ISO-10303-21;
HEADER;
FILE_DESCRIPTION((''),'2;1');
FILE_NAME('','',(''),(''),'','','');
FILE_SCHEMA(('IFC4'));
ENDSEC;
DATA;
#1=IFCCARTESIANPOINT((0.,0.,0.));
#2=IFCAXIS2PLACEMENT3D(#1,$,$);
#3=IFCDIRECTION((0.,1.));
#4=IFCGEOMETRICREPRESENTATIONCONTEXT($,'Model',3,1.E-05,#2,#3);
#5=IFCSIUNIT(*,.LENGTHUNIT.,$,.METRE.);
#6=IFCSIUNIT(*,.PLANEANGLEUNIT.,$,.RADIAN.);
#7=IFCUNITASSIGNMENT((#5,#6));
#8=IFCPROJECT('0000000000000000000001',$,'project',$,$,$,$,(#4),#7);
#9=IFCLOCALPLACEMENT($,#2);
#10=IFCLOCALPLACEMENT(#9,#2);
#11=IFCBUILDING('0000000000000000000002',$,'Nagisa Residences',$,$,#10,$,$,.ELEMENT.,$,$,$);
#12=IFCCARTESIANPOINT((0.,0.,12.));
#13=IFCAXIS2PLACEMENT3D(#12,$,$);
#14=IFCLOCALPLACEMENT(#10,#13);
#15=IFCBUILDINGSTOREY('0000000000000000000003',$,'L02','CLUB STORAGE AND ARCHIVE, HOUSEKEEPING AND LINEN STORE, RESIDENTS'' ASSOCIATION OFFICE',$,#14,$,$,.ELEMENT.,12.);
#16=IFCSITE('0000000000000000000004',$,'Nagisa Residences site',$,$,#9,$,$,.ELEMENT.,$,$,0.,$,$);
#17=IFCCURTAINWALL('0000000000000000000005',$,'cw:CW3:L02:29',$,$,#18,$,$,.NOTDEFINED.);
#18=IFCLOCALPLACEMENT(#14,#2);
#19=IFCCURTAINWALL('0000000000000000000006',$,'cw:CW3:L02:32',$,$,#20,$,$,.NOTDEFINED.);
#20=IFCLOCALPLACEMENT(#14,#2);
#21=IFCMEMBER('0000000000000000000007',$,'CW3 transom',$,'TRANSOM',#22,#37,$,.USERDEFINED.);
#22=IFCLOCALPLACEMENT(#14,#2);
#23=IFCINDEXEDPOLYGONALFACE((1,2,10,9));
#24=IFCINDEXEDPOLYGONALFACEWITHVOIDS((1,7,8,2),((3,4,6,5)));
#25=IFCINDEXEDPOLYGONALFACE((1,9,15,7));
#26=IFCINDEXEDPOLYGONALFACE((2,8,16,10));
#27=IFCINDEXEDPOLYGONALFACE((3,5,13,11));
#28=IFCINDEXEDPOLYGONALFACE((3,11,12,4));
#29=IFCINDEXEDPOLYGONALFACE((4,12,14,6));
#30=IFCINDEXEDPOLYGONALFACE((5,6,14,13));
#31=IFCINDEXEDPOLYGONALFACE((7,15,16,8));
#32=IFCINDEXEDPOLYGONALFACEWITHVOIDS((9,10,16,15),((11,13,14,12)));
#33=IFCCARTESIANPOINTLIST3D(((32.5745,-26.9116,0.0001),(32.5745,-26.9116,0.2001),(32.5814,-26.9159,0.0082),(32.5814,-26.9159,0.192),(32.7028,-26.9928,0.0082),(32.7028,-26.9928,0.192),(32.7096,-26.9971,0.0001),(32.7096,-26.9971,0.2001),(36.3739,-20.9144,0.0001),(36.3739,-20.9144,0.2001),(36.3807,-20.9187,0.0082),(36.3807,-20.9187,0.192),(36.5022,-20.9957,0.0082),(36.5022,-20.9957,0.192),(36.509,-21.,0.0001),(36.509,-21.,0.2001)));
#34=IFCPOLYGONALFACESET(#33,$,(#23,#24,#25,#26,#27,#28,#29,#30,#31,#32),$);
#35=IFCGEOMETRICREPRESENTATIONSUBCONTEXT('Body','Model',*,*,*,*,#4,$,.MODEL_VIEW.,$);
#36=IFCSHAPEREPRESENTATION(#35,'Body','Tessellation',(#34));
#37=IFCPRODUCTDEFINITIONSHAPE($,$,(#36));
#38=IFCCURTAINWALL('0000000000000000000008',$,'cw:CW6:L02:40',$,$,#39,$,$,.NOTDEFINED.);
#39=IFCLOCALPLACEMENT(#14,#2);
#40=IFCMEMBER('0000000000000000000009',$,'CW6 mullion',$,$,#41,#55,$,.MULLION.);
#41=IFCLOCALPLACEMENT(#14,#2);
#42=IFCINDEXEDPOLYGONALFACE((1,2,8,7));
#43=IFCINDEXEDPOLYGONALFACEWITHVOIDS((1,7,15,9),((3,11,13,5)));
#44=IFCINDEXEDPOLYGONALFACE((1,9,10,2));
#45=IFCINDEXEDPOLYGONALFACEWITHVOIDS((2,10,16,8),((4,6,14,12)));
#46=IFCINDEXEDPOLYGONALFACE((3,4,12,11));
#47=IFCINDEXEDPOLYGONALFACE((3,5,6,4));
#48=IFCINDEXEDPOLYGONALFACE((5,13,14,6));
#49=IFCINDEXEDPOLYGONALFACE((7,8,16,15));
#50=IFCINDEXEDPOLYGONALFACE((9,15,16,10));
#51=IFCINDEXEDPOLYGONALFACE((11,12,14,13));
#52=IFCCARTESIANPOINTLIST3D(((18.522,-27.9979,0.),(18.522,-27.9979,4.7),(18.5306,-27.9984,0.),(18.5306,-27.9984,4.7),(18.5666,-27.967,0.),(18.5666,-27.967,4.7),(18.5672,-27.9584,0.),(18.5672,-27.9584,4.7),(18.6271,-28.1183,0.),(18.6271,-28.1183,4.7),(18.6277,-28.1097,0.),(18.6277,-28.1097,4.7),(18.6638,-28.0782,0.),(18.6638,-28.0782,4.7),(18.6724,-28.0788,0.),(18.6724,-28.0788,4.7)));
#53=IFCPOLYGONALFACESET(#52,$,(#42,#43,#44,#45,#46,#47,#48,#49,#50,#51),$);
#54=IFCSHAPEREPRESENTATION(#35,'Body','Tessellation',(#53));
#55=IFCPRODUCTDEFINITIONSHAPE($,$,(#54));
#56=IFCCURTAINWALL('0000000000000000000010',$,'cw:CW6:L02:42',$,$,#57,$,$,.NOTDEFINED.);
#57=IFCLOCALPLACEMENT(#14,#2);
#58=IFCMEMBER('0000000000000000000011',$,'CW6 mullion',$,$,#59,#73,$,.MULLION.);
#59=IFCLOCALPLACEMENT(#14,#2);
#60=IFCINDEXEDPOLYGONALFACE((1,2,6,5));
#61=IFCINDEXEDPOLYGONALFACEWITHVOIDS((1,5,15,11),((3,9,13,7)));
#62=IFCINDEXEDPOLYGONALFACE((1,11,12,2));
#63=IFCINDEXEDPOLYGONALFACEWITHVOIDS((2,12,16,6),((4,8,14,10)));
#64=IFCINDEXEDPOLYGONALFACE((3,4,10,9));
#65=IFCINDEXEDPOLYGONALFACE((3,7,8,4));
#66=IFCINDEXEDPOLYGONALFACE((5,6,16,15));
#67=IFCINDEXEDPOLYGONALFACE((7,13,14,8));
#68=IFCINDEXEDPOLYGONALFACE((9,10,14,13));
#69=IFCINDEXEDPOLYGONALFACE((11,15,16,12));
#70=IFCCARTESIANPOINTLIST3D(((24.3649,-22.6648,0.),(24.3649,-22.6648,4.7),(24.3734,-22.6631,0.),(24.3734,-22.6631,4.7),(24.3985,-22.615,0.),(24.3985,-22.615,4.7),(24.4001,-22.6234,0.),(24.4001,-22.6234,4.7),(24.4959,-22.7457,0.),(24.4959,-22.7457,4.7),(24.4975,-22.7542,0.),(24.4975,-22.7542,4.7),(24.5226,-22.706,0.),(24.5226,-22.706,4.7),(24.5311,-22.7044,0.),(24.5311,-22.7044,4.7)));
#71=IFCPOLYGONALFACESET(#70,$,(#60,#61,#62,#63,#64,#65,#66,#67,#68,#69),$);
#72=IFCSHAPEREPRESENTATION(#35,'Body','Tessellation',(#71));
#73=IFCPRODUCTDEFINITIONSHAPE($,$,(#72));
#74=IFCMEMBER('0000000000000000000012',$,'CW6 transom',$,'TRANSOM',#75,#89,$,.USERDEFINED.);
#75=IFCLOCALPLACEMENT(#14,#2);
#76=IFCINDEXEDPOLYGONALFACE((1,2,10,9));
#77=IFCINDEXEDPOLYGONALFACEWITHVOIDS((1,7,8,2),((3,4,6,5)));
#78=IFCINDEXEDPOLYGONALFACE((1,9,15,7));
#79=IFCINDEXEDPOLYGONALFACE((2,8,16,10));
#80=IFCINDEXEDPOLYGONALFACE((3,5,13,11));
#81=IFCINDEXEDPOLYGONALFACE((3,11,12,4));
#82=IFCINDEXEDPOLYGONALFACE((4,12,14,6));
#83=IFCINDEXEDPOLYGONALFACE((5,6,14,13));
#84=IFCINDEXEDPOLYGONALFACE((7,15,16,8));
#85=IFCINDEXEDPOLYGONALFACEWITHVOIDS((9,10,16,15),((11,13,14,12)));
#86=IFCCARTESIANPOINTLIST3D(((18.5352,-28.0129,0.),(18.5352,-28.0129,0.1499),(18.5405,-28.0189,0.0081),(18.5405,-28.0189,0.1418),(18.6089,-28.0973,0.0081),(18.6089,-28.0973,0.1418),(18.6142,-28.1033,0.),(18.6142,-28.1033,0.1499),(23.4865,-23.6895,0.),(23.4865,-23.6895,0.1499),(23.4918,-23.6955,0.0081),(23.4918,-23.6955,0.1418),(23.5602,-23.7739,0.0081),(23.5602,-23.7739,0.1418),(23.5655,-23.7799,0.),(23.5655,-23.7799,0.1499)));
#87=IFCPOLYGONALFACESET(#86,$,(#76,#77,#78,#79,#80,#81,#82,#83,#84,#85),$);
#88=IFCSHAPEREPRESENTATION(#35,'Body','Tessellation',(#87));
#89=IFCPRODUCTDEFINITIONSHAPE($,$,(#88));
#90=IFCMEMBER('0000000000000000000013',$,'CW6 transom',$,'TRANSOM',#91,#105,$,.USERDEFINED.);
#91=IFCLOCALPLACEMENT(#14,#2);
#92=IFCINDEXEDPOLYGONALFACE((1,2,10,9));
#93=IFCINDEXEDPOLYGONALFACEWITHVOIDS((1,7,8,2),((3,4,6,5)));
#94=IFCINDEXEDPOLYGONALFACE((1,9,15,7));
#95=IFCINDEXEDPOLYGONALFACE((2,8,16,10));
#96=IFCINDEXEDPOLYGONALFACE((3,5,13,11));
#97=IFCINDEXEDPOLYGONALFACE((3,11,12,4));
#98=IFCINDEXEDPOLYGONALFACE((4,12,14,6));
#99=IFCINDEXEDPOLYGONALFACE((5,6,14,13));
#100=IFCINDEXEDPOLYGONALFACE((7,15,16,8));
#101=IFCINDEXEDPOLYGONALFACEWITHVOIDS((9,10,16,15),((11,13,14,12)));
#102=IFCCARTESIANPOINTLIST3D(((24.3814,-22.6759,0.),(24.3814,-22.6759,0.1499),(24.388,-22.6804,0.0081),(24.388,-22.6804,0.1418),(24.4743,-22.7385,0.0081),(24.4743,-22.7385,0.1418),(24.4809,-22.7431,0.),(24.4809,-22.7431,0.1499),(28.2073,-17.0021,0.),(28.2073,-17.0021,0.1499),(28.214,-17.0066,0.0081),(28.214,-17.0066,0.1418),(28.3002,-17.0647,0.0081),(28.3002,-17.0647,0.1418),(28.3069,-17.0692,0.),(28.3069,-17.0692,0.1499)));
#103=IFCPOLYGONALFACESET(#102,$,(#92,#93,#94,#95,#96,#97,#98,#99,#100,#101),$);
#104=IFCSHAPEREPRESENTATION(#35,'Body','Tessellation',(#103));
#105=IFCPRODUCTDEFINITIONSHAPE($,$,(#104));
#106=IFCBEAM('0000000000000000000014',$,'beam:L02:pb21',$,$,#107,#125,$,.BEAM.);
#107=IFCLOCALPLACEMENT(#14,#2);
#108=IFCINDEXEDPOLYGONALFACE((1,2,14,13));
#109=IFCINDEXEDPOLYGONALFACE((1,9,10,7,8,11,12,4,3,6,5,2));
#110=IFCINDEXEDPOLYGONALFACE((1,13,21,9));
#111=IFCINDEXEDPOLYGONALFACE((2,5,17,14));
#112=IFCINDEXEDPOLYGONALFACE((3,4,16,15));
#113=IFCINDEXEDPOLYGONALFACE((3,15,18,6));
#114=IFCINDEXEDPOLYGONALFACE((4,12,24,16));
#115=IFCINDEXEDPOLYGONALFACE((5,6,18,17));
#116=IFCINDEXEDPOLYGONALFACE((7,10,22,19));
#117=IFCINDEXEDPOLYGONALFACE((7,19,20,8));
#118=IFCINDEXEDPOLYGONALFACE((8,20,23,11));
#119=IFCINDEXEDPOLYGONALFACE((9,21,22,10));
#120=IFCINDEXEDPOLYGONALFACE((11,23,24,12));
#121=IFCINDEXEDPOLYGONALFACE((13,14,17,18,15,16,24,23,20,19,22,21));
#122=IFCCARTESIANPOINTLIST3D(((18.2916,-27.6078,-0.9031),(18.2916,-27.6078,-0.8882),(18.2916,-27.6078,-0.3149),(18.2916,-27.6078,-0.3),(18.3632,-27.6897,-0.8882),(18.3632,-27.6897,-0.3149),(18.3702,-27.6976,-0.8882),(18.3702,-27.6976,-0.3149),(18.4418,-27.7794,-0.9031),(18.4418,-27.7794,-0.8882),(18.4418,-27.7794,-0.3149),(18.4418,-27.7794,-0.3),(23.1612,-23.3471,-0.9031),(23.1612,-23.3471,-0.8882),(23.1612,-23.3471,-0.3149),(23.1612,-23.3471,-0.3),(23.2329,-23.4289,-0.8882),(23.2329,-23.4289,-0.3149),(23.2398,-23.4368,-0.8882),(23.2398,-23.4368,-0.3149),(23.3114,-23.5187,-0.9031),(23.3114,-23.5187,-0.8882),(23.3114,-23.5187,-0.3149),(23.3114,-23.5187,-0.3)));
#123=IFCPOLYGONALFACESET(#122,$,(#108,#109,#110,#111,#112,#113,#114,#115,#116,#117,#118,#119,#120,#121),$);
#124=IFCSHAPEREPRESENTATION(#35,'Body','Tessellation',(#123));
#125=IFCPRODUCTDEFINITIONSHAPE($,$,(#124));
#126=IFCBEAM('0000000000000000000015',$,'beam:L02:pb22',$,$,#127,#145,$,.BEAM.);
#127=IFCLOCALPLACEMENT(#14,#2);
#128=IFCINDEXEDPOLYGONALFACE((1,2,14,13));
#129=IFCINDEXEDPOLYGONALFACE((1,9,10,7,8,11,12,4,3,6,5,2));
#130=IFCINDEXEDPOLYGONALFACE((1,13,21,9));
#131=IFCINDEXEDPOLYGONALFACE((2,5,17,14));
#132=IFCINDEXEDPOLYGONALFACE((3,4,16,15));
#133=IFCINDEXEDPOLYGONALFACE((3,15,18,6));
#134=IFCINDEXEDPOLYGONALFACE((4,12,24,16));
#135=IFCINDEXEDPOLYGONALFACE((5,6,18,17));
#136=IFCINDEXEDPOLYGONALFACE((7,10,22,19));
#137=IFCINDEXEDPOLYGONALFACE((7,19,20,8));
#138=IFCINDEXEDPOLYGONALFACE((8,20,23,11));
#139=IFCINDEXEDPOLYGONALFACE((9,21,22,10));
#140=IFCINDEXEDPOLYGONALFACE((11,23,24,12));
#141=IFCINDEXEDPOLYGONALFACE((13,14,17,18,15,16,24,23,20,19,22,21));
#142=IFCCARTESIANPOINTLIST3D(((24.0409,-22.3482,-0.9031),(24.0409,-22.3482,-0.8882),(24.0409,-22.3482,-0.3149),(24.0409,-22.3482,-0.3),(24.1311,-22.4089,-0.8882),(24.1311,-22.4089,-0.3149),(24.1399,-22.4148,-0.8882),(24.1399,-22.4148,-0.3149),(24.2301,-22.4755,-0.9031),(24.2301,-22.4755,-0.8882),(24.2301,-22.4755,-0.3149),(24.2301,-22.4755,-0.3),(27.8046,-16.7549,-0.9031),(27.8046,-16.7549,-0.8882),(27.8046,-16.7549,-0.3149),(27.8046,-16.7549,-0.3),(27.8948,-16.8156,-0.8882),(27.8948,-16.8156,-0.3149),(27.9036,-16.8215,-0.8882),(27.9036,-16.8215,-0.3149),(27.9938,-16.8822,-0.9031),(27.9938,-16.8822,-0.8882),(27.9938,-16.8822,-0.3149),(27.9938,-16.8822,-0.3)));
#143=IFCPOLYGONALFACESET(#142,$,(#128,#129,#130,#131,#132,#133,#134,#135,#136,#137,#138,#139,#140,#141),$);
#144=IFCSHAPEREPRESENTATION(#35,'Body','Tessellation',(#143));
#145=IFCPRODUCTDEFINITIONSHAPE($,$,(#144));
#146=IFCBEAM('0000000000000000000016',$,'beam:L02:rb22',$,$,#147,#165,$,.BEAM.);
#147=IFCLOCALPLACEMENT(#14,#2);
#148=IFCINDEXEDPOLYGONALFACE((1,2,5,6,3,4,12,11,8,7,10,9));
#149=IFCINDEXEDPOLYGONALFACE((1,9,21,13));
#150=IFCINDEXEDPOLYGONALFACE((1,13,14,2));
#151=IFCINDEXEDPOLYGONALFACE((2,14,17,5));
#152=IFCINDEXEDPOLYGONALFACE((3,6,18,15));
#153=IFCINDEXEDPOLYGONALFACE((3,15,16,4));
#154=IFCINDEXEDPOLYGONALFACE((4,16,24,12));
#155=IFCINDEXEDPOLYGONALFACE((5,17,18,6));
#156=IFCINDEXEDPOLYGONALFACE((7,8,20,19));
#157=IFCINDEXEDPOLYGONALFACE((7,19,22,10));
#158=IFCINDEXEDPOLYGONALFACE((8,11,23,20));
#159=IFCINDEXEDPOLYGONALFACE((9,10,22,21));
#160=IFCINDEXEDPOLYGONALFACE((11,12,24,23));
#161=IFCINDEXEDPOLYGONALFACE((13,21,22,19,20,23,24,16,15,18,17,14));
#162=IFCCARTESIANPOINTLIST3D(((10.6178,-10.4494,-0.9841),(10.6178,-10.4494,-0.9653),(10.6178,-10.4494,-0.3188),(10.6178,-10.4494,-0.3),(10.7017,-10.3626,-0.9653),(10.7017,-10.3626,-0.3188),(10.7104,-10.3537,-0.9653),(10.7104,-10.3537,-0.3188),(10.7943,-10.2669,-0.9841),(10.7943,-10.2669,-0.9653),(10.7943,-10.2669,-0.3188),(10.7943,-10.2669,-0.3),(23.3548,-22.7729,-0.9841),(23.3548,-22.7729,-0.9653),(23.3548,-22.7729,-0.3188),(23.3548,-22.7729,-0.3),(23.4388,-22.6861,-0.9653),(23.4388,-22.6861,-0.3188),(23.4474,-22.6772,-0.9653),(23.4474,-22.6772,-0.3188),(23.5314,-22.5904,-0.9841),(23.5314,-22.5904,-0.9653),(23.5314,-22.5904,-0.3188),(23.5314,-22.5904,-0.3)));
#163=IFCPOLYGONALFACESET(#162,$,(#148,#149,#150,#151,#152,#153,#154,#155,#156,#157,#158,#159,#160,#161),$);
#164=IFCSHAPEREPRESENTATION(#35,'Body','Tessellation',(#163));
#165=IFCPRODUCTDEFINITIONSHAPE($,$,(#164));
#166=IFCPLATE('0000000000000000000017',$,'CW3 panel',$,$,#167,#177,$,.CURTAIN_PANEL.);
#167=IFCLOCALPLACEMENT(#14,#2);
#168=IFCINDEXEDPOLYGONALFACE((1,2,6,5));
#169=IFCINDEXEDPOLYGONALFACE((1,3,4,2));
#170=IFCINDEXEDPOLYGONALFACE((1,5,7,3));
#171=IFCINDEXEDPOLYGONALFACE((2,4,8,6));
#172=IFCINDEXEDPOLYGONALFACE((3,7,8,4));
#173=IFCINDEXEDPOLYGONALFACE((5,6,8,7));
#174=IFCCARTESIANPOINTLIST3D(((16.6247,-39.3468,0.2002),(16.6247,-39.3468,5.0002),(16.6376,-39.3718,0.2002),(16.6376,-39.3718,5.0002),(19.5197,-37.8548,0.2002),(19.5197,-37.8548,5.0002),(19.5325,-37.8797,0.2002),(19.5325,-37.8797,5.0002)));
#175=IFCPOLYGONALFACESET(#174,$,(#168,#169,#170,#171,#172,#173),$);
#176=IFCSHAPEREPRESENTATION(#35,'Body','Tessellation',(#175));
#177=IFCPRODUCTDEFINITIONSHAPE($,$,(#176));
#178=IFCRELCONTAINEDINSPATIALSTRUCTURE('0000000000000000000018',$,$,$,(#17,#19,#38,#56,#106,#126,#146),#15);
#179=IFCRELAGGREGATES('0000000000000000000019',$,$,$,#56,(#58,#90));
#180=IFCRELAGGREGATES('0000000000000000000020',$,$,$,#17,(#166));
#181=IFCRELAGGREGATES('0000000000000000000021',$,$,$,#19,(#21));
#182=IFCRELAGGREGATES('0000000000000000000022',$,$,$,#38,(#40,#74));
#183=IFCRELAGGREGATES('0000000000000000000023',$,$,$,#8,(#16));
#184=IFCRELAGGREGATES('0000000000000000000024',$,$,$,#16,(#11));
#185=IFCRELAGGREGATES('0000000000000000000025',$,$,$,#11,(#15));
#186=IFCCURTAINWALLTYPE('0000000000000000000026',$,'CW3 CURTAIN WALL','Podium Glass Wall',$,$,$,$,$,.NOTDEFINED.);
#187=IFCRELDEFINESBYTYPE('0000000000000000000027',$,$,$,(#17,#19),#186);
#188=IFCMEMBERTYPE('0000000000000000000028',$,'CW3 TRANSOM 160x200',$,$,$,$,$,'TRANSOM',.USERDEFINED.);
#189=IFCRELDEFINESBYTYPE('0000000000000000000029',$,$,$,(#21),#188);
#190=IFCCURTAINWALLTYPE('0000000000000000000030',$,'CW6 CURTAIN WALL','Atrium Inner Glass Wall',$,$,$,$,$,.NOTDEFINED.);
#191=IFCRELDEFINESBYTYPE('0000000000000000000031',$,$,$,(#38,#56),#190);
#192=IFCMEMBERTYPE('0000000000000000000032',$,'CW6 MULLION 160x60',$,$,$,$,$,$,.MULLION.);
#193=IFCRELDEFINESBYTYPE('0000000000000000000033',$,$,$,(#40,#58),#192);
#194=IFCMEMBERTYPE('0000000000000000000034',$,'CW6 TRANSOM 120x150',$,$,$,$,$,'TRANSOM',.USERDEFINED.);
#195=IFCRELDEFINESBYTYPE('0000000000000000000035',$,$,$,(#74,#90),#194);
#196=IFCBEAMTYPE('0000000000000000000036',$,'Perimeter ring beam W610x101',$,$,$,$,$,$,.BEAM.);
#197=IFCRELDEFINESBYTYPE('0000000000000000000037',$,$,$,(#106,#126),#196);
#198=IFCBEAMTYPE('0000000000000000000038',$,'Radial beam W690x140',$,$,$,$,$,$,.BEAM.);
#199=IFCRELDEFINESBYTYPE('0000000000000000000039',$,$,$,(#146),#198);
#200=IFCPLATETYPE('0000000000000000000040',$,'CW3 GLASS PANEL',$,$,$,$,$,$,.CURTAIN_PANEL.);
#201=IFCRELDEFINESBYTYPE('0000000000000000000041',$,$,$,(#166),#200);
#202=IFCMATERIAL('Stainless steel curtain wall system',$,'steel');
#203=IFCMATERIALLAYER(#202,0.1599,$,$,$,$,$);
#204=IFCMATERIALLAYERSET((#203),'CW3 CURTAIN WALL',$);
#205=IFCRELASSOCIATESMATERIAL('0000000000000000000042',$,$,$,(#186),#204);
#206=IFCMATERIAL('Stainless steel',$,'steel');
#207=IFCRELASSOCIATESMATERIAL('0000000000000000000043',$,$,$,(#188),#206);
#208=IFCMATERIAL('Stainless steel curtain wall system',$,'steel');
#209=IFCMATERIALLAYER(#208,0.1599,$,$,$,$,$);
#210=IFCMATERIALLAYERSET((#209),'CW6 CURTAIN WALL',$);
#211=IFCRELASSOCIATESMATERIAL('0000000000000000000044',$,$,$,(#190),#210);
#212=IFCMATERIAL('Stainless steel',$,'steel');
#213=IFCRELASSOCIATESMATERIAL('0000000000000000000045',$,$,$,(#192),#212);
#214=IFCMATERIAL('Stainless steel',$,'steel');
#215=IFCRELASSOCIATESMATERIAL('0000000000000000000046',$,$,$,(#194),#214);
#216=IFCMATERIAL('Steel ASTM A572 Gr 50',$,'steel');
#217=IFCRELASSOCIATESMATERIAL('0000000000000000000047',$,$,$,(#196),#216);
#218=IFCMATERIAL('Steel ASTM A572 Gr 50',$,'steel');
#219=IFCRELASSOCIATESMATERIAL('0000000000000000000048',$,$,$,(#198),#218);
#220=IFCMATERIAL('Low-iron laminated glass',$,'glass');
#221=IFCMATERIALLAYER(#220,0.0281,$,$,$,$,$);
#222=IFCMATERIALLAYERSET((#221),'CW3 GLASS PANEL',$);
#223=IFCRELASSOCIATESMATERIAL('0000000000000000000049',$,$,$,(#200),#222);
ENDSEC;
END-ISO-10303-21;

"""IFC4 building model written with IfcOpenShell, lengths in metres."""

from ifc_helpers import new_model, si_unit, direction, frame, origin, origin_2d, place, context, subcontext, project, spatial, rectangle, hollow_rectangle, i_section, extrude, material, layer, layer_set, material_profile, profile_set, type_object, element, aggregate, save


model = new_model("IFC4")

# Units and contexts
model_context = context("Model", 3, precision=1e-05, world=origin(), true_north=direction((0.0, 1.0)))
body_context = subcontext(model_context, "Body", "Model", "MODEL_VIEW")
ifc_project = project(units=[si_unit("LENGTHUNIT", "METRE"), si_unit("PLANEANGLEUNIT", "RADIAN")], contexts=[model_context])

# Site, building, storey
site_placement = place(None, origin())
site = spatial("IfcSite", under=ifc_project, at=site_placement, Name="Nagisa Residences site", CompositionType="ELEMENT", RefElevation=0.0)
building_placement = place(site_placement, origin())
building = spatial("IfcBuilding", under=site, at=building_placement, Name="Nagisa Residences", CompositionType="ELEMENT")
storey_placement = place(building_placement, frame((0.0, 0.0, 12.0)))
storey = spatial("IfcBuildingStorey", under=building, at=storey_placement, Name="L02", Description="CLUB STORAGE AND ARCHIVE, HOUSEKEEPING AND LINEN STORE, RESIDENTS' ASSOCIATION OFFICE", CompositionType="ELEMENT", Elevation=12.0)

# Curtain walls
ifc_material_1 = material(Name="Stainless steel curtain wall system", Category="steel")
ifc_layer_1 = layer(ifc_material_1, 0.1599)
ifc_layer_set_1 = layer_set([ifc_layer_1], Name="CW3 CURTAIN WALL")
curtain_wall_type_1 = type_object("IfcCurtainWallType", Name="CW3 CURTAIN WALL", Description="Podium Glass Wall", PredefinedType="NOTDEFINED", material=ifc_layer_set_1)
curtain_wall_1_placement = place(storey_placement, origin())
curtain_wall_1 = element("IfcCurtainWall", 1, at=curtain_wall_1_placement, inside=storey, type_object=curtain_wall_type_1, Name="cw:CW3:L02:29", PredefinedType="NOTDEFINED")
curtain_wall_2_placement = place(storey_placement, origin())
curtain_wall_2 = element("IfcCurtainWall", 2, at=curtain_wall_2_placement, inside=storey, type_object=curtain_wall_type_1, Name="cw:CW3:L02:32", PredefinedType="NOTDEFINED")

# Member
ifc_material_2 = material(Name="Stainless steel", Category="steel")
ifc_material_profile_1 = material_profile(ifc_material_2, hollow_rectangle(XDim=0.1599, YDim=0.2, WallThickness=0.0081, at=origin_2d()), Name="CW3 TRANSOM 160x200")
ifc_profile_set_1 = profile_set([ifc_material_profile_1], Name="Stainless steel")
member_type_1 = type_object("IfcMemberType", Name="CW3 TRANSOM 160x200", ElementType="TRANSOM", PredefinedType="USERDEFINED", material=ifc_profile_set_1)
member_1_placement = place(storey_placement, frame((32.6421, -26.9543, 0.1001), z_axis=(0.53517, 0.844744, 0.0), x_axis=(-0.844744, 0.53517, 0.0)))
member_1 = element("IfcMember", 3, at=member_1_placement, type_object=member_type_1, Name="CW3 transom", ObjectType="TRANSOM", PredefinedType="USERDEFINED", context=body_context, shape_type="SweptSolid", body=[
    extrude(hollow_rectangle(XDim=0.1599, YDim=0.2, WallThickness=0.0081, at=origin_2d()), origin(), (0.0, 0.0, 1.0), 7.0994),
])

# Curtain walls, members
ifc_material_3 = material(Name="Stainless steel curtain wall system", Category="steel")
ifc_layer_2 = layer(ifc_material_3, 0.1599)
ifc_layer_set_2 = layer_set([ifc_layer_2], Name="CW6 CURTAIN WALL")
curtain_wall_type_2 = type_object("IfcCurtainWallType", Name="CW6 CURTAIN WALL", Description="Atrium Inner Glass Wall", PredefinedType="NOTDEFINED", material=ifc_layer_set_2)
curtain_wall_3_placement = place(storey_placement, origin())
curtain_wall_3 = element("IfcCurtainWall", 4, at=curtain_wall_3_placement, inside=storey, type_object=curtain_wall_type_2, Name="cw:CW6:L02:40", PredefinedType="NOTDEFINED")
ifc_material_4 = material(Name="Stainless steel", Category="steel")
ifc_material_profile_2 = material_profile(ifc_material_4, hollow_rectangle(XDim=0.1599, YDim=0.0601, WallThickness=0.0061, at=origin_2d()), Name="CW6 MULLION 160x60")
ifc_profile_set_2 = profile_set([ifc_material_profile_2], Name="Stainless steel")
member_type_2 = type_object("IfcMemberType", Name="CW6 MULLION 160x60", PredefinedType="MULLION", material=ifc_profile_set_2)
member_2_placement = place(storey_placement, frame((18.5972, -28.0383, 0.0), z_axis=(0.0, 0.0, 1.0), x_axis=(-0.657721, 0.753261, 0.0)))
member_2 = element("IfcMember", 5, at=member_2_placement, type_object=member_type_2, Name="CW6 mullion", PredefinedType="MULLION", context=body_context, shape_type="SweptSolid", body=[
    extrude(hollow_rectangle(XDim=0.1599, YDim=0.0601, WallThickness=0.0061, at=origin_2d()), origin(), (0.0, 0.0, 1.0), 4.7),
])
curtain_wall_4_placement = place(storey_placement, origin())
curtain_wall_4 = element("IfcCurtainWall", 6, at=curtain_wall_4_placement, inside=storey, type_object=curtain_wall_type_2, Name="cw:CW6:L02:42", PredefinedType="NOTDEFINED")
member_3_placement = place(storey_placement, frame((24.448, -22.6846, 0.0), z_axis=(0.0, 0.0, 1.0), x_axis=(-0.829111, 0.559084, 0.0)))
member_3 = element("IfcMember", 7, at=member_3_placement, type_object=member_type_2, Name="CW6 mullion", PredefinedType="MULLION", context=body_context, shape_type="SweptSolid", body=[
    extrude(hollow_rectangle(XDim=0.1599, YDim=0.0601, WallThickness=0.0061, at=origin_2d()), origin(), (0.0, 0.0, 1.0), 4.7),
])

# Members
ifc_material_5 = material(Name="Stainless steel", Category="steel")
ifc_material_profile_3 = material_profile(ifc_material_5, hollow_rectangle(XDim=0.1201, YDim=0.1499, WallThickness=0.0081, at=origin_2d()), Name="CW6 TRANSOM 120x150")
ifc_profile_set_3 = profile_set([ifc_material_profile_3], Name="Stainless steel")
member_type_3 = type_object("IfcMemberType", Name="CW6 TRANSOM 120x150", ElementType="TRANSOM", PredefinedType="USERDEFINED", material=ifc_profile_set_3)
member_4_placement = place(storey_placement, frame((18.5747, -28.0581, 0.075), z_axis=(0.753255, 0.657729, 0.0), x_axis=(-0.657729, 0.753255, 0.0)))
member_4 = element("IfcMember", 8, at=member_4_placement, type_object=member_type_3, Name="CW6 transom", ObjectType="TRANSOM", PredefinedType="USERDEFINED", context=body_context, shape_type="SweptSolid", body=[
    extrude(hollow_rectangle(XDim=0.1201, YDim=0.1499, WallThickness=0.0081, at=origin_2d()), origin(), (0.0, 0.0, 1.0), 6.5732),
])
member_5_placement = place(storey_placement, frame((24.4312, -22.7095, 0.075), z_axis=(0.559081, 0.829113, 0.0), x_axis=(-0.829113, 0.559081, 0.0)))
member_5 = element("IfcMember", 9, at=member_5_placement, type_object=member_type_3, Name="CW6 transom", ObjectType="TRANSOM", PredefinedType="USERDEFINED", context=body_context, shape_type="SweptSolid", body=[
    extrude(hollow_rectangle(XDim=0.1201, YDim=0.1499, WallThickness=0.0081, at=origin_2d()), origin(), (0.0, 0.0, 1.0), 6.8433),
])
aggregate(curtain_wall_4, [member_3, member_5])

# Beams
ifc_material_6 = material(Name="Steel ASTM A572 Gr 50", Category="steel")
ifc_material_profile_4 = material_profile(ifc_material_6, i_section(OverallWidth=0.228, OverallDepth=0.603, WebThickness=0.0105, FlangeThickness=0.0149, at=origin_2d()), Name="W610x101")
ifc_profile_set_4 = profile_set([ifc_material_profile_4], Name="Steel ASTM A572 Gr 50")
beam_type_1 = type_object("IfcBeamType", Name="Perimeter ring beam W610x101", PredefinedType="BEAM", material=ifc_profile_set_4)
beam_1_placement = place(storey_placement, frame((18.3667, -27.6936, -0.6016), z_axis=(0.752591, 0.658489, 0.0), x_axis=(-0.658489, 0.752591, 0.0)))
element("IfcBeam", 10, at=beam_1_placement, inside=storey, type_object=beam_type_1, Name="beam:L02:pb21", PredefinedType="BEAM", context=body_context, shape_type="SweptSolid", body=[
    extrude(i_section(OverallWidth=0.228, OverallDepth=0.603, WebThickness=0.0105, FlangeThickness=0.0149, at=origin_2d()), origin(), (0.0, 0.0, 1.0), 6.4705),
])
beam_2_placement = place(storey_placement, frame((24.1355, -22.4119, -0.6016), z_axis=(0.558272, 0.829658, 0.0), x_axis=(-0.829658, 0.558272, 0.0)))
element("IfcBeam", 11, at=beam_2_placement, inside=storey, type_object=beam_type_1, Name="beam:L02:pb22", PredefinedType="BEAM", context=body_context, shape_type="SweptSolid", body=[
    extrude(i_section(OverallWidth=0.228, OverallDepth=0.603, WebThickness=0.0105, FlangeThickness=0.0149, at=origin_2d()), origin(), (0.0, 0.0, 1.0), 6.7417),
])
ifc_material_7 = material(Name="Steel ASTM A572 Gr 50", Category="steel")
ifc_material_profile_5 = material_profile(ifc_material_7, i_section(OverallWidth=0.2539, OverallDepth=0.6841, WebThickness=0.0125, FlangeThickness=0.0188, at=origin_2d()), Name="W690x140")
ifc_profile_set_5 = profile_set([ifc_material_profile_5], Name="Steel ASTM A572 Gr 50")
beam_type_2 = type_object("IfcBeamType", Name="Radial beam W690x140", PredefinedType="BEAM", material=ifc_profile_set_5)
beam_3_placement = place(storey_placement, frame((23.4431, -22.6816, -0.6421), z_axis=(-0.718678, 0.695343, 0.0), x_axis=(-0.695343, -0.718678, 0.0)))
element("IfcBeam", 12, at=beam_3_placement, inside=storey, type_object=beam_type_2, Name="beam:L02:rb22", PredefinedType="BEAM", context=body_context, shape_type="SweptSolid", body=[
    extrude(i_section(OverallWidth=0.2539, OverallDepth=0.6841, WebThickness=0.0125, FlangeThickness=0.0188, at=origin_2d()), origin(), (0.0, 0.0, 1.0), 17.7229),
])

# Plate
ifc_material_8 = material(Name="Low-iron laminated glass", Category="glass")
ifc_layer_3 = layer(ifc_material_8, 0.0281)
ifc_layer_set_3 = layer_set([ifc_layer_3], Name="CW3 GLASS PANEL")
plate_type_1 = type_object("IfcPlateType", Name="CW3 GLASS PANEL", PredefinedType="CURTAIN_PANEL", material=ifc_layer_set_3)
plate_1_placement = place(storey_placement, frame((18.0786, -38.6133, 0.2002), z_axis=(0.0, 0.0, 1.0), x_axis=(0.888887, 0.458126, 0.0)))
plate_1 = element("IfcPlate", 13, at=plate_1_placement, type_object=plate_type_1, Name="CW3 panel", PredefinedType="CURTAIN_PANEL", context=body_context, shape_type="SweptSolid", body=[
    extrude(rectangle(XDim=3.2568, YDim=0.0281, at=origin_2d()), origin(), (0.0, 0.0, 1.0), 4.8),
])
aggregate(curtain_wall_1, [plate_1])
aggregate(curtain_wall_2, [member_1])
aggregate(curtain_wall_3, [member_2, member_4])

save(model, "model.ifc")
